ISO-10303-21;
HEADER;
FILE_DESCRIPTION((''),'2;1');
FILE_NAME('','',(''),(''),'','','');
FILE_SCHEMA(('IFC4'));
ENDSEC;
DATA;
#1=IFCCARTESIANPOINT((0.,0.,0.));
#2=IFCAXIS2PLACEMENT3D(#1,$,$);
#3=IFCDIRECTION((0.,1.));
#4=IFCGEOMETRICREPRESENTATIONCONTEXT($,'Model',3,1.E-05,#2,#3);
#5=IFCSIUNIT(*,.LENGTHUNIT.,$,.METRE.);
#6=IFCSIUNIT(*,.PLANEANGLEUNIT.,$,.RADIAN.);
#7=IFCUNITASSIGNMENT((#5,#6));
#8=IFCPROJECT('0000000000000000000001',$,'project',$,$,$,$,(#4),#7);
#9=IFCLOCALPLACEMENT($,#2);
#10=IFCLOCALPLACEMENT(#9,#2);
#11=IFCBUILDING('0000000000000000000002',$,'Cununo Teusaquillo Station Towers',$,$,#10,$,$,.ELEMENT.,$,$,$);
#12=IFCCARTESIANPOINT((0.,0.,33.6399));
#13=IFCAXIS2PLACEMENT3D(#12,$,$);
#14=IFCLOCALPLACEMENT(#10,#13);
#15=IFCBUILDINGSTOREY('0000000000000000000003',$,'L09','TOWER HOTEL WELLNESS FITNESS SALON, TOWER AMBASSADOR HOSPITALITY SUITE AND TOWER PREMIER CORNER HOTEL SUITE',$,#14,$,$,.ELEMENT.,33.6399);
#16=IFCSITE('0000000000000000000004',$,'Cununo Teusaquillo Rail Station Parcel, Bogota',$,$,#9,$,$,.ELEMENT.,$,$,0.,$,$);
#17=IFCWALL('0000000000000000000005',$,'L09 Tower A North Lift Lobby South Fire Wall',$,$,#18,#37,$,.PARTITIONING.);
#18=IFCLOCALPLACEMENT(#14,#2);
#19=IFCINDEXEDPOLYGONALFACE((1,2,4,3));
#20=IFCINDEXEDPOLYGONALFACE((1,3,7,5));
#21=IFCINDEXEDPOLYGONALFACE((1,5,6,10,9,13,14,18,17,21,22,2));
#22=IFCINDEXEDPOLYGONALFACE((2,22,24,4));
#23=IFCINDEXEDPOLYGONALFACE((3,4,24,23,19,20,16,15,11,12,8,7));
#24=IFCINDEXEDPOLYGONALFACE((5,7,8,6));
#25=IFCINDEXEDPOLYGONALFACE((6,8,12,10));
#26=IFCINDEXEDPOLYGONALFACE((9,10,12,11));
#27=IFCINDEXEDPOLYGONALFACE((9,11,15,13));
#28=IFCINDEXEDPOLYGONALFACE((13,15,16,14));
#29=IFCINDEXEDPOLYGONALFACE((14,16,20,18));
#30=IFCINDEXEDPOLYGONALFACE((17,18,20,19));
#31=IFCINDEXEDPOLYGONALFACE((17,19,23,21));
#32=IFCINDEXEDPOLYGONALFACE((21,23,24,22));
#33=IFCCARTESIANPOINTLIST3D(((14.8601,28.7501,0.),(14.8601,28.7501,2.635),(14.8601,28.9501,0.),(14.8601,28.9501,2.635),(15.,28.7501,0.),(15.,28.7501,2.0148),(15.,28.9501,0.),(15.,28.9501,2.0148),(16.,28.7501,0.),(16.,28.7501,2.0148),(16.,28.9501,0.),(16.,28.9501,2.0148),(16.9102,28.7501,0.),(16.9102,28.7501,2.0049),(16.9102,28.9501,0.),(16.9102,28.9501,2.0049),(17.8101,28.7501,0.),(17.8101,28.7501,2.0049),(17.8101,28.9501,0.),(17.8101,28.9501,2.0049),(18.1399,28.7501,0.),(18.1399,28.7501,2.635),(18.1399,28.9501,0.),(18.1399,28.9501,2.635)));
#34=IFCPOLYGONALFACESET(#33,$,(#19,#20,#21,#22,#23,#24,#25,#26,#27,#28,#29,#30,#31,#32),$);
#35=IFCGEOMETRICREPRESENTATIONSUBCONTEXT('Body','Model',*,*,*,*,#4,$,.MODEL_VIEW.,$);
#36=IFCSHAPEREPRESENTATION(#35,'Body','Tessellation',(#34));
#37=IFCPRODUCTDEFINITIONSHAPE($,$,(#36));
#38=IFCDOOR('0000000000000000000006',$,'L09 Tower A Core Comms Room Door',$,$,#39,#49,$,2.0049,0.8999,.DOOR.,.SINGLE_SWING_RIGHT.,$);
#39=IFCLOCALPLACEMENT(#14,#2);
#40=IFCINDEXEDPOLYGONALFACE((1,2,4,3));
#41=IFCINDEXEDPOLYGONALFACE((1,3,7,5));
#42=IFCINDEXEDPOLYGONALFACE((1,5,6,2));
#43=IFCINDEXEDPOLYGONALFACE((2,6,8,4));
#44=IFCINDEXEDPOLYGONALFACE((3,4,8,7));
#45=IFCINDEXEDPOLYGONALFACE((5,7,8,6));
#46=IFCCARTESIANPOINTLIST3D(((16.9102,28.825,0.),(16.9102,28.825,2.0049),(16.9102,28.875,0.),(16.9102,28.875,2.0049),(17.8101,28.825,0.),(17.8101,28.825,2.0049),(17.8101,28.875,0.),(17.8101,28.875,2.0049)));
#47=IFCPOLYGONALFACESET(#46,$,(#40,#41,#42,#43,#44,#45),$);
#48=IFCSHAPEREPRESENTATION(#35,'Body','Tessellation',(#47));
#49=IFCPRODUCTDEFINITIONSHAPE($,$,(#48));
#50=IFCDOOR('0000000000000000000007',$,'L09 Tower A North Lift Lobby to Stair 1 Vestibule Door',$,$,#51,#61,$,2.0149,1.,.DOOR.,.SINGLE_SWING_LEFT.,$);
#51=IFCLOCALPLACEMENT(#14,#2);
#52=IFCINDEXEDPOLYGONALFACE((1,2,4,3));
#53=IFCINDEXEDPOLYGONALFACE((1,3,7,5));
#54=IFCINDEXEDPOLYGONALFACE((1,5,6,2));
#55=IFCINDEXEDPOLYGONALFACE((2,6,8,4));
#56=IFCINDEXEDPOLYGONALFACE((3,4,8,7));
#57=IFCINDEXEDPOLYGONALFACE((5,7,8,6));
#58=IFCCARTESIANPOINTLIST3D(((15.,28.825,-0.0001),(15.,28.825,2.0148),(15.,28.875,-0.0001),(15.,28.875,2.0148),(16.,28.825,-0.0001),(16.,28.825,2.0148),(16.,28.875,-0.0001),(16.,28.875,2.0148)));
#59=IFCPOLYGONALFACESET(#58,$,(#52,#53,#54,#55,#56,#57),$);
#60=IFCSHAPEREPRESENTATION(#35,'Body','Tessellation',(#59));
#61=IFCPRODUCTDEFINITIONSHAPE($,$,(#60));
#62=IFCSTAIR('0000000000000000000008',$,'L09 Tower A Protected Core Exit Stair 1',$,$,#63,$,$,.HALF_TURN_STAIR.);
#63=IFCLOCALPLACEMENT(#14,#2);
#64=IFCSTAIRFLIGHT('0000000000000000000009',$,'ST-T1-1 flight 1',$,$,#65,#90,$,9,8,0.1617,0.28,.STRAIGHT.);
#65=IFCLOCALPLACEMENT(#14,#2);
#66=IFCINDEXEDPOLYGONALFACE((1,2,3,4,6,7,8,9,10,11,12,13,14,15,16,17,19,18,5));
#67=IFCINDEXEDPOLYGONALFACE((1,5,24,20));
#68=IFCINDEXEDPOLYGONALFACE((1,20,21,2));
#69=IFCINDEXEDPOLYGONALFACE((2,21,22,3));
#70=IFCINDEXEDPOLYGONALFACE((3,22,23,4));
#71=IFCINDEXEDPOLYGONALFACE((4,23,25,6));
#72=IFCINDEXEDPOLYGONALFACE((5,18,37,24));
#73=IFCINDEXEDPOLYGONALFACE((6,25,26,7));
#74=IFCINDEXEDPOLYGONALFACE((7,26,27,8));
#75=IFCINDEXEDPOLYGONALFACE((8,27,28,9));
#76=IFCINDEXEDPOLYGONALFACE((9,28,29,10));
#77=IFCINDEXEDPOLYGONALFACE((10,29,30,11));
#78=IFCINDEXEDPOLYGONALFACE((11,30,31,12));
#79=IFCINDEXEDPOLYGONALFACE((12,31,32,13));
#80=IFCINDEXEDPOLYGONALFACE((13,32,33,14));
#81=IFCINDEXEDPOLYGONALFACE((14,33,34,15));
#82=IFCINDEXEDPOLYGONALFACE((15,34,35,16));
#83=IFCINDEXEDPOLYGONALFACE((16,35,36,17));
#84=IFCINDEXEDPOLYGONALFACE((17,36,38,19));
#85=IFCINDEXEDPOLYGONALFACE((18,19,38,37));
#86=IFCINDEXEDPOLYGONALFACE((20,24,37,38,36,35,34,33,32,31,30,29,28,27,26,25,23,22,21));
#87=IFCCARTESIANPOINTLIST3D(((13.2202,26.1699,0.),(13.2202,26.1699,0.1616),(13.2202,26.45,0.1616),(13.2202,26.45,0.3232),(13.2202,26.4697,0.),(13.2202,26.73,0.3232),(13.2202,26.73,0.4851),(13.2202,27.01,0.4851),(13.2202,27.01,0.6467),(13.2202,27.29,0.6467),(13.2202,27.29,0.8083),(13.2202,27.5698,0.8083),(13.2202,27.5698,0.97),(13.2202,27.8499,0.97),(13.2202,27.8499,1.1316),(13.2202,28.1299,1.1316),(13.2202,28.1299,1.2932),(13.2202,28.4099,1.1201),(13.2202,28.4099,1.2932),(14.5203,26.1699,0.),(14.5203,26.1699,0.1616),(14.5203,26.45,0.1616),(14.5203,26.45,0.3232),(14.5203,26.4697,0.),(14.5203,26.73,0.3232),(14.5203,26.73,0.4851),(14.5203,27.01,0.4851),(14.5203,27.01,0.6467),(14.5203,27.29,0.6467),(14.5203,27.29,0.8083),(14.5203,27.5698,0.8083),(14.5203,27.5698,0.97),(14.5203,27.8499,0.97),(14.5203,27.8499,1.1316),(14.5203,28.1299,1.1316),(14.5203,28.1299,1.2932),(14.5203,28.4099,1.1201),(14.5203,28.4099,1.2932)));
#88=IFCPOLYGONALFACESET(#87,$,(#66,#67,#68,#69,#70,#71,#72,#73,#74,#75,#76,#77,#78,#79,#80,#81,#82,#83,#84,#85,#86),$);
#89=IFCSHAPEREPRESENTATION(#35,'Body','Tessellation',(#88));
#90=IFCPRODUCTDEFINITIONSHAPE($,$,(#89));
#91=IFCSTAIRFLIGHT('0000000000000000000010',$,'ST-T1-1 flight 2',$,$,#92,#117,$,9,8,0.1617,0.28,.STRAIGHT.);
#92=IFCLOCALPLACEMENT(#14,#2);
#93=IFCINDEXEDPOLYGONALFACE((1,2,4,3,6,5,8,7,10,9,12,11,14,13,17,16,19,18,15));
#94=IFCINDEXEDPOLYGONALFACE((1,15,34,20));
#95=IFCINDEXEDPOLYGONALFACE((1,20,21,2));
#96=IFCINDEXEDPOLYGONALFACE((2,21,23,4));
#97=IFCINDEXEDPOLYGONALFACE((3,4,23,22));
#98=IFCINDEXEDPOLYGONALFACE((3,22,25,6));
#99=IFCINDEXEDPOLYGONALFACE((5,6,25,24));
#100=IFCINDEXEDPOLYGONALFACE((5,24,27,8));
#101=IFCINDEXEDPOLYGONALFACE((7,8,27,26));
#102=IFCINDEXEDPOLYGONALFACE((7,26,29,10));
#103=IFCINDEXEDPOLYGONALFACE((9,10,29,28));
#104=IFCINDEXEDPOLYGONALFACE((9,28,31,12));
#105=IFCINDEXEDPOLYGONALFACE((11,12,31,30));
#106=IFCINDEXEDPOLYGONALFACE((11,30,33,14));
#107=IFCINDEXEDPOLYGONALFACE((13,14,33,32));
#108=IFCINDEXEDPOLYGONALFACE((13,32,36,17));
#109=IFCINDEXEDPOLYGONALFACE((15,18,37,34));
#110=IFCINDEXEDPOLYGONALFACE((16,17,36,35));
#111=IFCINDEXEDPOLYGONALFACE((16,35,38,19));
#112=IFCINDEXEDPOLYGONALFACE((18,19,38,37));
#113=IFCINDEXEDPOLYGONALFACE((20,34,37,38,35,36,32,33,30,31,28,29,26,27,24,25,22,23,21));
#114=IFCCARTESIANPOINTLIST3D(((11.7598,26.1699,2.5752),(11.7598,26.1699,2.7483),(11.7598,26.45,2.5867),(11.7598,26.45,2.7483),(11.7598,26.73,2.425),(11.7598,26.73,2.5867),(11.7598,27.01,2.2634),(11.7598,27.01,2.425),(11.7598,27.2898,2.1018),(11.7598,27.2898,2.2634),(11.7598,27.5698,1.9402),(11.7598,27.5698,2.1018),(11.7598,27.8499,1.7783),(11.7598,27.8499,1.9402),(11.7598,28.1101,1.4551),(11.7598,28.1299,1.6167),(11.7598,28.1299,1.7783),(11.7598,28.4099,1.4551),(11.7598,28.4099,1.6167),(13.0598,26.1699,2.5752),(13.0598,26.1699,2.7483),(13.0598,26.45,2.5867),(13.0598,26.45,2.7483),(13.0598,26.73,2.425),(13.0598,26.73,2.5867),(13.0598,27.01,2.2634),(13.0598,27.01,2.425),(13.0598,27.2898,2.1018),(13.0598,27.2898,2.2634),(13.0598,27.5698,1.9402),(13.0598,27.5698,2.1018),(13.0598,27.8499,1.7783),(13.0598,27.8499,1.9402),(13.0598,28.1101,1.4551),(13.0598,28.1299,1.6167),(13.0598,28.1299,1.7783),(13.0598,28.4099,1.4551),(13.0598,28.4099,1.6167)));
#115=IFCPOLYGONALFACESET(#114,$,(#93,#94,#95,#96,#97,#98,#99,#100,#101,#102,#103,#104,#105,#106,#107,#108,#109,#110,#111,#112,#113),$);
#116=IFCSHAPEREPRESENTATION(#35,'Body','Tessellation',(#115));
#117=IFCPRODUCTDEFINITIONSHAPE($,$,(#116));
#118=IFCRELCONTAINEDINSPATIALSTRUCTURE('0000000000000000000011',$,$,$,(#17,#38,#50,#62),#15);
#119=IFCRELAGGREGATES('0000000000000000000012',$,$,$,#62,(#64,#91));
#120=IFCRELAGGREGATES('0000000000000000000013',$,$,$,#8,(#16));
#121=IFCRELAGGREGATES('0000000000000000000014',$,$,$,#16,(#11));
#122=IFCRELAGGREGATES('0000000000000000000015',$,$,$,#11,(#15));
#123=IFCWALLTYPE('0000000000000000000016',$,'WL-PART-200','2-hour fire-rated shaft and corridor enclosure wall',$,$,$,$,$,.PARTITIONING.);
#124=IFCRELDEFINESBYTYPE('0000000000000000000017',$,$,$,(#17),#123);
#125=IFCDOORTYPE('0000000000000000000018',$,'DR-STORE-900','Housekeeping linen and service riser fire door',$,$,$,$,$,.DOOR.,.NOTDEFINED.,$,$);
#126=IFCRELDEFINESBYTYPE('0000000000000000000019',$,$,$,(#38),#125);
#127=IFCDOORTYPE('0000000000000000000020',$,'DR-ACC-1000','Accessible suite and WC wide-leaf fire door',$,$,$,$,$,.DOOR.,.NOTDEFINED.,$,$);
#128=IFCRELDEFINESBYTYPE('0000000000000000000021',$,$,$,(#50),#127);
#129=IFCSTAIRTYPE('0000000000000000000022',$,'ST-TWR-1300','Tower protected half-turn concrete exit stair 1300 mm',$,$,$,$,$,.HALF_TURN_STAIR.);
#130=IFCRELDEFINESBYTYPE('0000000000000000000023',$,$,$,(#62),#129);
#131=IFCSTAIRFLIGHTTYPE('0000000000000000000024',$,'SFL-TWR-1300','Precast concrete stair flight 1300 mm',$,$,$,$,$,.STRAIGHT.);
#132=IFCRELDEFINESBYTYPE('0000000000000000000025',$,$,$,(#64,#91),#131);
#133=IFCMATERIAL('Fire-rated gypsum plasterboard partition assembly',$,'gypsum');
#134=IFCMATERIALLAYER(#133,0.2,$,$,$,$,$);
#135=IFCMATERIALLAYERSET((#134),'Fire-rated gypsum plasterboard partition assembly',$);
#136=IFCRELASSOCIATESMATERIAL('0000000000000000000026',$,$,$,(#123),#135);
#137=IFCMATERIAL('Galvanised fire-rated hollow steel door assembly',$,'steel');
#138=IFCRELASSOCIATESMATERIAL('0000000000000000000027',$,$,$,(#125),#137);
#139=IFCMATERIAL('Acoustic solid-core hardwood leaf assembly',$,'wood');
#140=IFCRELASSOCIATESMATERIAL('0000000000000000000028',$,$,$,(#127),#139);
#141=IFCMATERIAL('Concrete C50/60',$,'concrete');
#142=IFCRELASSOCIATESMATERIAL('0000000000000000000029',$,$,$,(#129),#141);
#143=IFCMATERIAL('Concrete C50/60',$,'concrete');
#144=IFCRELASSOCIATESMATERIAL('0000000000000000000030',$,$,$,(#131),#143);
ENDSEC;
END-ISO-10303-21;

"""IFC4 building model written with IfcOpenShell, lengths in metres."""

from ifc_helpers import new_model, si_unit, direction, frame, frame_2d, origin, place, context, subcontext, project, spatial, polyline, rectangle, outline, extrude, source, transform, mapped, material, layer, layer_set, type_object, element, fill, aggregate, save


model = new_model("IFC4")

# Units and contexts
model_context = context("Model", 3, precision=1e-05, world=origin(), true_north=direction((0.0, 1.0)))
body_context = subcontext(model_context, "Body", "Model", "MODEL_VIEW")
ifc_project = project(units=[si_unit("LENGTHUNIT", "METRE"), si_unit("PLANEANGLEUNIT", "RADIAN")], contexts=[model_context])

# Site, building, storey
site_placement = place(None, origin())
site = spatial("IfcSite", under=ifc_project, at=site_placement, Name="Cununo Teusaquillo Rail Station Parcel, Bogota", CompositionType="ELEMENT", RefElevation=0.0)
building_placement = place(site_placement, origin())
building = spatial("IfcBuilding", under=site, at=building_placement, Name="Cununo Teusaquillo Station Towers", CompositionType="ELEMENT")
storey_placement = place(building_placement, frame((0.0, 0.0, 33.6399)))
storey = spatial("IfcBuildingStorey", under=building, at=storey_placement, Name="L09", Description="TOWER HOTEL WELLNESS FITNESS SALON, TOWER AMBASSADOR HOSPITALITY SUITE AND TOWER PREMIER CORNER HOTEL SUITE", CompositionType="ELEMENT", Elevation=33.6399)

# Shared definitions
ifc_material_1 = material(Name="Fire-rated gypsum plasterboard partition assembly", Category="gypsum")
ifc_layer_1 = layer(ifc_material_1, 0.2)
ifc_layer_set_1 = layer_set([ifc_layer_1], Name="Fire-rated gypsum plasterboard partition assembly")
wall_type_1 = type_object("IfcWallType", Name="WL-PART-200", Description="2-hour fire-rated shaft and corridor enclosure wall", PredefinedType="PARTITIONING", material=ifc_layer_set_1)
shared_shape_1 = source(origin(), body_context, "Body", "SweptSolid", [
    extrude(rectangle(XDim=0.8999, YDim=2.0049, at=frame_2d((0.45, 1.0024))), frame((0.0, 0.1099, 0.0), z_axis=(0.0, -1.0, 0.0), x_axis=(1.0, 0.0, 0.0)), (0.0, 0.0, 1.0), 0.22),
])
ifc_material_2 = material(Name="Galvanised fire-rated hollow steel door assembly", Category="steel")
door_type_1 = type_object("IfcDoorType", Name="DR-STORE-900", Description="Housekeeping linen and service riser fire door", OperationType="NOTDEFINED", PredefinedType="DOOR", material=ifc_material_2)
shared_shape_2 = source(origin(), body_context, "Body", "SweptSolid", [
    extrude(rectangle(XDim=0.8999, YDim=2.0049, at=frame_2d((0.45, 1.0024))), frame((0.0, 0.0249, 0.0), z_axis=(0.0, -1.0, 0.0), x_axis=(1.0, 0.0, 0.0)), (0.0, 0.0, 1.0), 0.05),
])

# Wall, openings, doors
wall_1_placement = place(storey_placement, frame((14.8601, 28.8501, 0.0), z_axis=(0.0, 0.0, 1.0), x_axis=(1.0, 0.0, 0.0)))
wall_1 = element("IfcWall", 1, at=wall_1_placement, inside=storey, type_object=wall_type_1, Name="L09 Tower A North Lift Lobby South Fire Wall", PredefinedType="PARTITIONING", context=body_context, shape_type="SweptSolid", body=[
    extrude(rectangle(XDim=3.2798, YDim=0.2, at=frame_2d((1.6399, 0.0))), origin(), (0.0, 0.0, 1.0), 2.635),
])
shared_shape_3 = source(origin(), body_context, "Body", "SweptSolid", [
    extrude(rectangle(XDim=1.0, YDim=2.0149, at=frame_2d((0.5, 1.0073))), frame((0.0, 0.1099, 0.0), z_axis=(0.0, -1.0, 0.0), x_axis=(1.0, 0.0, 0.0)), (0.0, 0.0, 1.0), 0.22),
])
opening_1_placement = place(wall_1_placement, frame((0.1399, 0.0, 0.0)))
opening_1 = element("IfcOpeningElement", 2, at=opening_1_placement, cuts=wall_1, PredefinedType="OPENING", context=body_context, shape_type="MappedRepresentation", body=[
    mapped(shared_shape_3, transform((0.0, 0.0, 0.0), x_axis=(1.0, 0.0, 0.0), y_axis=(0.0, 1.0, 0.0), z_axis=(0.0, 0.0, 1.0), scale=1.0)),
])
opening_2_placement = place(wall_1_placement, frame((2.05, 0.0, 0.0)))
opening_2 = element("IfcOpeningElement", 3, at=opening_2_placement, cuts=wall_1, PredefinedType="OPENING", context=body_context, shape_type="MappedRepresentation", body=[
    mapped(shared_shape_1, transform((0.0, 0.0, 0.0), x_axis=(1.0, 0.0, 0.0), y_axis=(0.0, 1.0, 0.0), z_axis=(0.0, 0.0, 1.0), scale=1.0)),
])
door_1_placement = place(opening_2_placement, origin())
door_1 = element("IfcDoor", 4, at=door_1_placement, inside=storey, type_object=door_type_1, Name="L09 Tower A Core Comms Room Door", OperationType="SINGLE_SWING_RIGHT", OverallHeight=2.0049, OverallWidth=0.8999, PredefinedType="DOOR", context=body_context, shape_type="MappedRepresentation", body=[
    mapped(shared_shape_2, transform((0.0, 0.0, 0.0), x_axis=(1.0, 0.0, 0.0), y_axis=(0.0, 1.0, 0.0), z_axis=(0.0, 0.0, 1.0), scale=1.0)),
])
fill(opening_2, door_1)
ifc_material_3 = material(Name="Acoustic solid-core hardwood leaf assembly", Category="wood")
door_type_2 = type_object("IfcDoorType", Name="DR-ACC-1000", Description="Accessible suite and WC wide-leaf fire door", OperationType="NOTDEFINED", PredefinedType="DOOR", material=ifc_material_3)
shared_shape_4 = source(origin(), body_context, "Body", "SweptSolid", [
    extrude(rectangle(XDim=1.0, YDim=2.0149, at=frame_2d((0.5, 1.0073))), frame((0.0, 0.0249, 0.0), z_axis=(0.0, -1.0, 0.0), x_axis=(1.0, 0.0, 0.0)), (0.0, 0.0, 1.0), 0.05),
])
door_2_placement = place(opening_1_placement, origin())
door_2 = element("IfcDoor", 5, at=door_2_placement, inside=storey, type_object=door_type_2, Name="L09 Tower A North Lift Lobby to Stair 1 Vestibule Door", OperationType="SINGLE_SWING_LEFT", OverallHeight=2.0149, OverallWidth=1.0, PredefinedType="DOOR", context=body_context, shape_type="MappedRepresentation", body=[
    mapped(shared_shape_4, transform((0.0, 0.0, 0.0), x_axis=(1.0, 0.0, 0.0), y_axis=(0.0, 1.0, 0.0), z_axis=(0.0, 0.0, 1.0), scale=1.0)),
])
fill(opening_1, door_2)

# Stair, stair flights
ifc_material_4 = material(Name="Concrete C50/60", Category="concrete")
stair_type = type_object("IfcStairType", Name="ST-TWR-1300", Description="Tower protected half-turn concrete exit stair 1300 mm", PredefinedType="HALF_TURN_STAIR", material=ifc_material_4)
stair_placement = place(storey_placement, origin())
stair = element("IfcStair", 6, at=stair_placement, inside=storey, type_object=stair_type, Name="L09 Tower A Protected Core Exit Stair 1", PredefinedType="HALF_TURN_STAIR")
ifc_material_5 = material(Name="Concrete C50/60", Category="concrete")
stair_flight_type = type_object("IfcStairFlightType", Name="SFL-TWR-1300", Description="Precast concrete stair flight 1300 mm", PredefinedType="STRAIGHT", material=ifc_material_5)
stair_flight_1_placement = place(storey_placement, frame((13.8701, 26.1699, 0.0), z_axis=(0.0, 0.0, 1.0), x_axis=(0.0, 1.0, 0.0)))
stair_flight_1 = element("IfcStairFlight", 7, at=stair_flight_1_placement, type_object=stair_flight_type, Name="ST-T1-1 flight 1", NumberOfRisers=9, NumberOfTreads=8, PredefinedType="STRAIGHT", RiserHeight=0.1617, TreadLength=0.28, context=body_context, shape_type="SweptSolid", body=[
    extrude(outline(polyline([(0.0, 0.0), (0.0, 0.1616), (0.28, 0.1616), (0.28, 0.3232), (0.5601, 0.3232), (0.5601, 0.4851), (0.8401, 0.4851), (0.8401, 0.6467), (1.1201, 0.6467), (1.1201, 0.8083), (1.3999, 0.8083), (1.3999, 0.97), (1.6799, 0.97), (1.6799, 1.1316), (1.96, 1.1316), (1.96, 1.2932), (2.24, 1.2932), (2.24, 1.4551), (2.24, 1.1201), (0.2998, 0.0), (0.0, 0.0)])), frame((0.0, 0.6499, 0.0), z_axis=(0.0, -1.0, 0.0), x_axis=(1.0, 0.0, 0.0)), (0.0, 0.0, 1.0), 1.3),
])
stair_flight_2_placement = place(storey_placement, frame((12.4099, 28.4099, 1.4551), z_axis=(0.0, 0.0, 1.0), x_axis=(0.0, -1.0, 0.0)))
stair_flight_2 = element("IfcStairFlight", 8, at=stair_flight_2_placement, type_object=stair_flight_type, Name="ST-T1-1 flight 2", NumberOfRisers=9, NumberOfTreads=8, PredefinedType="STRAIGHT", RiserHeight=0.1617, TreadLength=0.28, context=body_context, shape_type="SweptSolid", body=[
    extrude(outline(polyline([(0.0, 0.0), (0.0, 0.1616), (0.28, 0.1616), (0.28, 0.3232), (0.5601, 0.3232), (0.5601, 0.4851), (0.8401, 0.4851), (0.8401, 0.6467), (1.1201, 0.6467), (1.1201, 0.8083), (1.3999, 0.8083), (1.3999, 0.97), (1.6799, 0.97), (1.6799, 1.1316), (1.96, 1.1316), (1.96, 1.2932), (2.24, 1.2932), (2.24, 1.4551), (2.24, 1.1201), (0.2998, 0.0), (0.0, 0.0)])), frame((0.0, 0.6499, 0.0), z_axis=(0.0, -1.0, 0.0), x_axis=(1.0, 0.0, 0.0)), (0.0, 0.0, 1.0), 1.3),
])
aggregate(stair, [stair_flight_1, stair_flight_2])

save(model, "model.ifc")
